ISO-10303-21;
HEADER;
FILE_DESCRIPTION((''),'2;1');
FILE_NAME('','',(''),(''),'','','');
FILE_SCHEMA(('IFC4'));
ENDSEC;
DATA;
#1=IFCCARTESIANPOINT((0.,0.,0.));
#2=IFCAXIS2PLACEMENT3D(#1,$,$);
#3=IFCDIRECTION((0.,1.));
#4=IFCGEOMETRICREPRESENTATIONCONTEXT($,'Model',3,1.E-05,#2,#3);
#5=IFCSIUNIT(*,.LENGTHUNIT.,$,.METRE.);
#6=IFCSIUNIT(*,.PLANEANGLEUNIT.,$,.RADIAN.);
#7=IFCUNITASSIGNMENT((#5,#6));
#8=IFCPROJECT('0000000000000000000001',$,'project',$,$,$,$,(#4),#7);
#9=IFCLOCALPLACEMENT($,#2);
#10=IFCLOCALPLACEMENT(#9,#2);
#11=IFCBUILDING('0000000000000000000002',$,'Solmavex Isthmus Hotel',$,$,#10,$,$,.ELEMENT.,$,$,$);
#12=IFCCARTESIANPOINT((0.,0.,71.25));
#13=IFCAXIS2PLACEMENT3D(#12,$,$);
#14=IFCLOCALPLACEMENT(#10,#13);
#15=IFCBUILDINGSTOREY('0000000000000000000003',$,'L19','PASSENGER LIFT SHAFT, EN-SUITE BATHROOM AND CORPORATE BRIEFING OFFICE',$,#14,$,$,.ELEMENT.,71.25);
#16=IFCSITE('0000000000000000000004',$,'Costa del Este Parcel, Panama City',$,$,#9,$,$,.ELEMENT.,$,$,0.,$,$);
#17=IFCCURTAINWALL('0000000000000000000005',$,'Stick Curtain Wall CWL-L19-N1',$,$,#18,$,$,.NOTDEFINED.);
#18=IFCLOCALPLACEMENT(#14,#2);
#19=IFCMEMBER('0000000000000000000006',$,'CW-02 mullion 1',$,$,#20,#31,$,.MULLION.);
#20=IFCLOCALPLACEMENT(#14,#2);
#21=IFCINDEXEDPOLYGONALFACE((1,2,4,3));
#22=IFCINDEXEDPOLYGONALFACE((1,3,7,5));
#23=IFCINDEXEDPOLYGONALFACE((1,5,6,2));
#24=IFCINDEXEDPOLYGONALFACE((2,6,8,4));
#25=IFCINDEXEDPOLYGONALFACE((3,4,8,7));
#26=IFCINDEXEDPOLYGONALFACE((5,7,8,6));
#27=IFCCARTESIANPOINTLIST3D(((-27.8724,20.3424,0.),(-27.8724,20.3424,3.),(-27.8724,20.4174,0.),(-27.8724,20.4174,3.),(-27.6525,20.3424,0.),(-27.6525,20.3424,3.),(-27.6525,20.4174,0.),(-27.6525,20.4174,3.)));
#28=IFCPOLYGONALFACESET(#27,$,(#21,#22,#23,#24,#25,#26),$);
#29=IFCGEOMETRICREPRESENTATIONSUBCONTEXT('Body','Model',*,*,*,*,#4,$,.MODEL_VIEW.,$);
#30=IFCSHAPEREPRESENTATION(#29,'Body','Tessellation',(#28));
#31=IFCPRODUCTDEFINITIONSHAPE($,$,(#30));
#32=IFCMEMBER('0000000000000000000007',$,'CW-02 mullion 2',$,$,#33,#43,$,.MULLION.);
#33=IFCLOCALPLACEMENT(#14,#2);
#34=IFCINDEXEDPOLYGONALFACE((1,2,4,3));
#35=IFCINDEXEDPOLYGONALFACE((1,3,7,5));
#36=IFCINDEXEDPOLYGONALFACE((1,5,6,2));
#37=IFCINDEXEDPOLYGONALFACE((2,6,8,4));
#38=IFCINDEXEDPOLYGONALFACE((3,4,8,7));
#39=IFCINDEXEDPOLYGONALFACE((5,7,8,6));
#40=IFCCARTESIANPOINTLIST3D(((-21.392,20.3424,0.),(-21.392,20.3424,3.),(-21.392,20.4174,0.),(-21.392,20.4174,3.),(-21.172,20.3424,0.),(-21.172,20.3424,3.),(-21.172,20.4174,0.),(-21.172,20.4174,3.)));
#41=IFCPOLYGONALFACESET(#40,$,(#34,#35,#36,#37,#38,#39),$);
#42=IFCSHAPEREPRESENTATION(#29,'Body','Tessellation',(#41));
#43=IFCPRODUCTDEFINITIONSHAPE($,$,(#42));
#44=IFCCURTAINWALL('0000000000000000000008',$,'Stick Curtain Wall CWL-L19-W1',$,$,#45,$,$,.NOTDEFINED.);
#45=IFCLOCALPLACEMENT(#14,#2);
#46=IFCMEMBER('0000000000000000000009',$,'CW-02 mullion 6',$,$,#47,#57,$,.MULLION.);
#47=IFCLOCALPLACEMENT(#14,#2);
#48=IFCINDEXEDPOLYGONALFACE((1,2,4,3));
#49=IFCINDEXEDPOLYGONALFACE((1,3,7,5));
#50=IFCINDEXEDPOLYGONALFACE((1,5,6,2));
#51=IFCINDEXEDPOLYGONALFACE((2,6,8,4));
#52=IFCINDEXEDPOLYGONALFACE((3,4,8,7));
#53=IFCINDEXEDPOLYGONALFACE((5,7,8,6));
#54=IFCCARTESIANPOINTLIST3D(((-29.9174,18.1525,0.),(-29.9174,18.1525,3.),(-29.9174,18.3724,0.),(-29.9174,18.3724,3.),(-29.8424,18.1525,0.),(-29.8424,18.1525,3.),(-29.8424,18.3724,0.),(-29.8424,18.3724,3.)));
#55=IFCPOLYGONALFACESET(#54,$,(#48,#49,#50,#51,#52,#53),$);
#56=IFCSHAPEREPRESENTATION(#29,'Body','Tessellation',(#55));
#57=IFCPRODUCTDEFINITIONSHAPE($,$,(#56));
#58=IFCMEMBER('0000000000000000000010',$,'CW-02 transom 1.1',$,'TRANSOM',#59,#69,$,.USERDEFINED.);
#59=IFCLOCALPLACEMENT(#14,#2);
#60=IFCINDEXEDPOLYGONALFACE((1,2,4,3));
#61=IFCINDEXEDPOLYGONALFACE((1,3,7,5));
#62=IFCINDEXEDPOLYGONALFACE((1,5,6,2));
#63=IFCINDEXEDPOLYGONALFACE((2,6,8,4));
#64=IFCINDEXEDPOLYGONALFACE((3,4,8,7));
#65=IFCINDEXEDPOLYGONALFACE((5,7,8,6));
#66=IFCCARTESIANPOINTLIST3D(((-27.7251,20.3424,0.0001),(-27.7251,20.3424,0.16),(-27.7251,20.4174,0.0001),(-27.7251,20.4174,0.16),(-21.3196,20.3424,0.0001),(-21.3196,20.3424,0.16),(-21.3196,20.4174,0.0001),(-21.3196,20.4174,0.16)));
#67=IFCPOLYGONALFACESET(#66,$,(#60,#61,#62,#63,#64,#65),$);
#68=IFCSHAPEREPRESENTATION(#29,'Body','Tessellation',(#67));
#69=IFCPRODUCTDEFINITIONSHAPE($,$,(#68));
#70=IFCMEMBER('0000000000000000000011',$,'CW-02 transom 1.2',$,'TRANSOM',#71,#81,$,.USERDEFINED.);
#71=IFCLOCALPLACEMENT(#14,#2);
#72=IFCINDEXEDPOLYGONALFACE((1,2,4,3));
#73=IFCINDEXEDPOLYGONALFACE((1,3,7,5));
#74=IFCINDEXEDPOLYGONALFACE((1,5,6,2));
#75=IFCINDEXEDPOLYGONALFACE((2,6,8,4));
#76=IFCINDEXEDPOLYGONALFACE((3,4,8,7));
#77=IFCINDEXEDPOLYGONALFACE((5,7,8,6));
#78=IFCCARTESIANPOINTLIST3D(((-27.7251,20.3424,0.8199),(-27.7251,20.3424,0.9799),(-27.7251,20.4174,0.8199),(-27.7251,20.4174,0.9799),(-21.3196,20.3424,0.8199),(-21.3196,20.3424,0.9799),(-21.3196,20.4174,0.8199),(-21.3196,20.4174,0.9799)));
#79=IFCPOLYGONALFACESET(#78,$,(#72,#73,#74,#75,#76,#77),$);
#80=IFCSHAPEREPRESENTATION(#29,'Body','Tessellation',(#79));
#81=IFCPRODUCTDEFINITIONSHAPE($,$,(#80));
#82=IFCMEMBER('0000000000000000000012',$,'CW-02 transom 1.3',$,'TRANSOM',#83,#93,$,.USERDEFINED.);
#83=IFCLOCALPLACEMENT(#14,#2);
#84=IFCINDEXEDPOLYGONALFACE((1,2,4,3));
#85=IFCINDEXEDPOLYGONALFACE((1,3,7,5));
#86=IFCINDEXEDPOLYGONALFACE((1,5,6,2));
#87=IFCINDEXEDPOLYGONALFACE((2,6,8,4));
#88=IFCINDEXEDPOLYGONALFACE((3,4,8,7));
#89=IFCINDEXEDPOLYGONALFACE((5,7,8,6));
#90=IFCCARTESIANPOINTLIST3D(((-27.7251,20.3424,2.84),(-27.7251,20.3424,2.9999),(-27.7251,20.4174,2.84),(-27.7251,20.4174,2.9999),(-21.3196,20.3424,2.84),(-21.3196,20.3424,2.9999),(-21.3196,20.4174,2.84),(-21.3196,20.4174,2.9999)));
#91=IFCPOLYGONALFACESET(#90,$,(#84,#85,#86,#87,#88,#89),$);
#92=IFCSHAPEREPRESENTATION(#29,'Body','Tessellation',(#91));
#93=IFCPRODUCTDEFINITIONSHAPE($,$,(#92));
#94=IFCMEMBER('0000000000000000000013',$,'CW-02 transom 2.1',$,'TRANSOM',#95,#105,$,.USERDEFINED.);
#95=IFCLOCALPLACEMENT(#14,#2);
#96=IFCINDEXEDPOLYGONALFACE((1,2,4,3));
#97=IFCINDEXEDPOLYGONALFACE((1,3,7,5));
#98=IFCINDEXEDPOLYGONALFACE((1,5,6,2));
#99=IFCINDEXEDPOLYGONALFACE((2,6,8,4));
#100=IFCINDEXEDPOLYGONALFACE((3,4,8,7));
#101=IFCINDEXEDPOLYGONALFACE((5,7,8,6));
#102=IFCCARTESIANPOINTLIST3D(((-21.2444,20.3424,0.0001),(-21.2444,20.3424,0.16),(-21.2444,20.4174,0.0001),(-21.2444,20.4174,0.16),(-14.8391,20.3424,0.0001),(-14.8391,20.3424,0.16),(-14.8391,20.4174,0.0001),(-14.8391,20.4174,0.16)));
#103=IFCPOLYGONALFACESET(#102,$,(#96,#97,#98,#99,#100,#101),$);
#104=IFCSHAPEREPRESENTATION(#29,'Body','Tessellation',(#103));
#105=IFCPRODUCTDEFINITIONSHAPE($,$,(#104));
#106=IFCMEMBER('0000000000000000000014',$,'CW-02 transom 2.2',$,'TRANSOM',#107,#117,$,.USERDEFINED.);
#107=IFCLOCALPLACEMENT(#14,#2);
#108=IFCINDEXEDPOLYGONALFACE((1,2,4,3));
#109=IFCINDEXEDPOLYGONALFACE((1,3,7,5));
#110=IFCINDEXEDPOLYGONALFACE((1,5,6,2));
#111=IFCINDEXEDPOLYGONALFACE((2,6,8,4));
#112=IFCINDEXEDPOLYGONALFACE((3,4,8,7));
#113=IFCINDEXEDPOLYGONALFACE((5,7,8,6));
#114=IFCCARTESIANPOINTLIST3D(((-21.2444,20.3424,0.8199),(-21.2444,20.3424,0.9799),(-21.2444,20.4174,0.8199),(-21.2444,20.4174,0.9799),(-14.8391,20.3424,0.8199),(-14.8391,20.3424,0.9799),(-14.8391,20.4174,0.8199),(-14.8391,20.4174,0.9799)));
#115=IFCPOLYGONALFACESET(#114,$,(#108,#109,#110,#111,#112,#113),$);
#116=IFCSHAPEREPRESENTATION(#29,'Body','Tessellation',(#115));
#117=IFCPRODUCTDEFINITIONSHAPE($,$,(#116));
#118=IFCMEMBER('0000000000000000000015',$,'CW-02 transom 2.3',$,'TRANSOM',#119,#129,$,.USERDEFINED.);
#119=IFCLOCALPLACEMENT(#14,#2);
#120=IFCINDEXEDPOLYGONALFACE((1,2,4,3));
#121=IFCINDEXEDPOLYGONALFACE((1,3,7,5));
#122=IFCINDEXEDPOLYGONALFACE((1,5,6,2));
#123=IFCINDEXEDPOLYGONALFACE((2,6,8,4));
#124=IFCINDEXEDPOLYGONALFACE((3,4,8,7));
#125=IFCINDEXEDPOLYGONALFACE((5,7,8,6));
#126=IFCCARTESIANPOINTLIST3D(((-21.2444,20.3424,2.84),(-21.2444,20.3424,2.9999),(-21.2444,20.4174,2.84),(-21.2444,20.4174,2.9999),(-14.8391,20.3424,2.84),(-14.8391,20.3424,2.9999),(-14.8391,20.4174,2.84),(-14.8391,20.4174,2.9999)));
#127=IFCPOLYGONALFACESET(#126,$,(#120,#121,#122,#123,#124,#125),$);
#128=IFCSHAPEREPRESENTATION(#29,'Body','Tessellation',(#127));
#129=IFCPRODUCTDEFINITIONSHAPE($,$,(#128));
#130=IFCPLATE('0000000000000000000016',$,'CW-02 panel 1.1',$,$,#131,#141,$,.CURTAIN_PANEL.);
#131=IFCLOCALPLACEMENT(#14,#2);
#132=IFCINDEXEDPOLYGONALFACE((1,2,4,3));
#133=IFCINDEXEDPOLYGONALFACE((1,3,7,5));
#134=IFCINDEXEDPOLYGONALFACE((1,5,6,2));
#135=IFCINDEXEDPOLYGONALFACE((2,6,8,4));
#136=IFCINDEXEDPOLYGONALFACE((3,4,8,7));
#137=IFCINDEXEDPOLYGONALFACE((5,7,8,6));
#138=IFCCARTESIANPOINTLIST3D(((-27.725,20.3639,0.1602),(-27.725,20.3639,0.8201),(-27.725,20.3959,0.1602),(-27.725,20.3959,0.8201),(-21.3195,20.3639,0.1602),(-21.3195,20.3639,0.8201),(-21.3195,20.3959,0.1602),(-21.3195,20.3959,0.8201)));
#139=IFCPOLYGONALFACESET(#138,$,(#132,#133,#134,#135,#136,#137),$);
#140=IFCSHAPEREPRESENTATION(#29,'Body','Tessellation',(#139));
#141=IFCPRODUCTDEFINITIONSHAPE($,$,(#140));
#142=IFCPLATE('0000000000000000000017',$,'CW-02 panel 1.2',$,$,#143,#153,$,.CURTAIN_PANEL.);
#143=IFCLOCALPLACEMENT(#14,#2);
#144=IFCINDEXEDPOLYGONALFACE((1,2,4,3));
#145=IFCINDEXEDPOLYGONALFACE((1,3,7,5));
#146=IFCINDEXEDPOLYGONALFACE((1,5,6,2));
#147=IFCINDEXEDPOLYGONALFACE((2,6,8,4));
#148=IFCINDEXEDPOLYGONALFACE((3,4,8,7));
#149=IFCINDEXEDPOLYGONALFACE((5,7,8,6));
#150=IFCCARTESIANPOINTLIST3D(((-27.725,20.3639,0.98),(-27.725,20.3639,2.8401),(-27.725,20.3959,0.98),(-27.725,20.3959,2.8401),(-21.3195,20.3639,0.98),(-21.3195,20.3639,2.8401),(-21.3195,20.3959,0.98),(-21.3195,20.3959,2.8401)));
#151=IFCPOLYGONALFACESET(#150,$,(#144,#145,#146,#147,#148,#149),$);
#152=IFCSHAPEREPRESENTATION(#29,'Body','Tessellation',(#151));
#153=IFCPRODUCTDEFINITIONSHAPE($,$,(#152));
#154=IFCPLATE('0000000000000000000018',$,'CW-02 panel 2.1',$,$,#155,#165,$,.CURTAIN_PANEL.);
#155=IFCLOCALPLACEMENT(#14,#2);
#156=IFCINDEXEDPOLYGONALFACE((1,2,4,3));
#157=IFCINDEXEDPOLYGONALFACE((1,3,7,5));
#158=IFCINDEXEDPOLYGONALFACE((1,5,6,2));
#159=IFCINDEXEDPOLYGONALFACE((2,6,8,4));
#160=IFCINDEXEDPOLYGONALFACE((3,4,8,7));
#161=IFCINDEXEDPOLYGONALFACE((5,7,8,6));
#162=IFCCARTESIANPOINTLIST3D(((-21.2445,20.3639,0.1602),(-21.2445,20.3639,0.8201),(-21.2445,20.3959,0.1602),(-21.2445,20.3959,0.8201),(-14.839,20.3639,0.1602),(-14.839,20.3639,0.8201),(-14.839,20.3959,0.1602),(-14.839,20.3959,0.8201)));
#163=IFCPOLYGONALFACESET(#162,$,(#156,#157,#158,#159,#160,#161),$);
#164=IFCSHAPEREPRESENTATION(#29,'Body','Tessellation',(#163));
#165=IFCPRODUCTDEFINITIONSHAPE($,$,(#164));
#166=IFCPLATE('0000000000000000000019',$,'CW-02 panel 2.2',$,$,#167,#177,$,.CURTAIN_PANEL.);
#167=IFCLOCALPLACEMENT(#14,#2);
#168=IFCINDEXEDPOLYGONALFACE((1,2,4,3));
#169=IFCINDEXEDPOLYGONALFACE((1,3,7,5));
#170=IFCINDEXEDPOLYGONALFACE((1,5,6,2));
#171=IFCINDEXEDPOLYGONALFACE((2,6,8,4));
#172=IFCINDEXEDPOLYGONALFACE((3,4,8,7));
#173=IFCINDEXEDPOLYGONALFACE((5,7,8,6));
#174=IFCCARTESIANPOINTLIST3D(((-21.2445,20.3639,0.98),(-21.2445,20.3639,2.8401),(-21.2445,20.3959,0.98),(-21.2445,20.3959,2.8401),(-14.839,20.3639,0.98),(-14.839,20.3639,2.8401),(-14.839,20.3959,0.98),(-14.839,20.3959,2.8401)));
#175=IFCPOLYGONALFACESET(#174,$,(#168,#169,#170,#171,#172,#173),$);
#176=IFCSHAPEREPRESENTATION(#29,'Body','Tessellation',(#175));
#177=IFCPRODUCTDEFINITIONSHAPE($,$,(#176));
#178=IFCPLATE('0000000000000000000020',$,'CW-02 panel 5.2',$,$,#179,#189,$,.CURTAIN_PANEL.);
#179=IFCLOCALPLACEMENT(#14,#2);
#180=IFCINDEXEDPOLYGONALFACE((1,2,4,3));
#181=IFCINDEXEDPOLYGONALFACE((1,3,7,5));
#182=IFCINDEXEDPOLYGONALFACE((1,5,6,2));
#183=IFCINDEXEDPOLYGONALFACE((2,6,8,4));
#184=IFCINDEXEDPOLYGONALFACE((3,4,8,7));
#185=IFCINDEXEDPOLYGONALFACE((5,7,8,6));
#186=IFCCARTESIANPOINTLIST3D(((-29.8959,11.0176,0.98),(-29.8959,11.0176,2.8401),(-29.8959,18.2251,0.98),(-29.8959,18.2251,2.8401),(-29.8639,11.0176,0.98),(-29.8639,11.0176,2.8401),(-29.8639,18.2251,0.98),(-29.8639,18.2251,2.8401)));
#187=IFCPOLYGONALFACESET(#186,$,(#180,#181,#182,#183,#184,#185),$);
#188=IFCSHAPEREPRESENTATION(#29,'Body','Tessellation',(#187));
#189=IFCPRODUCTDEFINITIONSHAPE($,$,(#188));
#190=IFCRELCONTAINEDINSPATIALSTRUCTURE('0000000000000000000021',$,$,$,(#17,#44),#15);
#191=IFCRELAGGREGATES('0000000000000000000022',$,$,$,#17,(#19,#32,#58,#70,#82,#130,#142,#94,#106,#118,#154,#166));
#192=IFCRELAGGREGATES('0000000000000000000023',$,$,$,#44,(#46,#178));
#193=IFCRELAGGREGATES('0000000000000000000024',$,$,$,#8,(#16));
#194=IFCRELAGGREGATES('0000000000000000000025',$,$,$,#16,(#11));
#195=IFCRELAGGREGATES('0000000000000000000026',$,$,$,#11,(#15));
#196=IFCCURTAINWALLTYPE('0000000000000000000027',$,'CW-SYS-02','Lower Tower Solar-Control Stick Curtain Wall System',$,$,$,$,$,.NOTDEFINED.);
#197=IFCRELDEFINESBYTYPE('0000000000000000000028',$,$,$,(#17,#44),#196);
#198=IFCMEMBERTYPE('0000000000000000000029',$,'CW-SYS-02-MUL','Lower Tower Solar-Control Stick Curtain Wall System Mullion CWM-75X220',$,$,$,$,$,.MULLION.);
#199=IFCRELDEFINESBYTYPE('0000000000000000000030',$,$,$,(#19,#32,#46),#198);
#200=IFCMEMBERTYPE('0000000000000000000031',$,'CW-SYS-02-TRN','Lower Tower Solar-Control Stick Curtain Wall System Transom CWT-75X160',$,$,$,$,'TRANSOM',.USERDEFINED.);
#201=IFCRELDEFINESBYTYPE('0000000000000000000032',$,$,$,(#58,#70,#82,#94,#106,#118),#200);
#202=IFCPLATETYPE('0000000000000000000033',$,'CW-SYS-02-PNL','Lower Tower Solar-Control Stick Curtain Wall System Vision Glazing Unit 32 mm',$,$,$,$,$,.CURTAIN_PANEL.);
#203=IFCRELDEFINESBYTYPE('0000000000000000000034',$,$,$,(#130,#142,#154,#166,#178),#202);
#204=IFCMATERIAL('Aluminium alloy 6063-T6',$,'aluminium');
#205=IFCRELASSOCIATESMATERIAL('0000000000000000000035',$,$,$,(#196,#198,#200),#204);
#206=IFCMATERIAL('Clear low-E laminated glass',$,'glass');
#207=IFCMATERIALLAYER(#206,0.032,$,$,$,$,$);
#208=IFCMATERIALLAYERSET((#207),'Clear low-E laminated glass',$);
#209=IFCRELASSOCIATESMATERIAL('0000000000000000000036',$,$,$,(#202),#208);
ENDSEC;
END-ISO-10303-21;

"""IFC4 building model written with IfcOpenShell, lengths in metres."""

from ifc_helpers import new_model, si_unit, direction, frame, origin, origin_2d, place, context, subcontext, project, spatial, rectangle, extrude, material, layer, layer_set, material_profile, profile_set, type_object, element, aggregate, save


model = new_model("IFC4")

# Units and contexts
model_context = context("Model", 3, precision=1e-05, world=origin(), true_north=direction((0.0, 1.0)))
body_context = subcontext(model_context, "Body", "Model", "MODEL_VIEW")
ifc_project = project(units=[si_unit("LENGTHUNIT", "METRE"), si_unit("PLANEANGLEUNIT", "RADIAN")], contexts=[model_context])

# Site, building, storey
site_placement = place(None, origin())
site = spatial("IfcSite", under=ifc_project, at=site_placement, Name="Costa del Este Parcel, Panama City", CompositionType="ELEMENT", RefElevation=0.0)
building_placement = place(site_placement, origin())
building = spatial("IfcBuilding", under=site, at=building_placement, Name="Solmavex Isthmus Hotel", CompositionType="ELEMENT")
storey_placement = place(building_placement, frame((0.0, 0.0, 71.25)))
storey = spatial("IfcBuildingStorey", under=building, at=storey_placement, Name="L19", Description="PASSENGER LIFT SHAFT, EN-SUITE BATHROOM AND CORPORATE BRIEFING OFFICE", CompositionType="ELEMENT", Elevation=71.25)

# Curtain wall, members
ifc_material_1 = material(Name="Aluminium alloy 6063-T6", Category="aluminium")
curtain_wall_type = type_object("IfcCurtainWallType", Name="CW-SYS-02", Description="Lower Tower Solar-Control Stick Curtain Wall System", PredefinedType="NOTDEFINED", material=ifc_material_1)
curtain_wall_1_placement = place(storey_placement, origin())
curtain_wall_1 = element("IfcCurtainWall", 1, at=curtain_wall_1_placement, inside=storey, type_object=curtain_wall_type, Name="Stick Curtain Wall CWL-L19-N1", PredefinedType="NOTDEFINED")
ifc_material_profile_1 = material_profile(ifc_material_1, rectangle(XDim=0.075, YDim=0.22, at=origin_2d()), Name="CWM-75X220")
ifc_profile_set_1 = profile_set([ifc_material_profile_1], Name="Aluminium alloy 6063-T6")
member_type_1 = type_object("IfcMemberType", Name="CW-SYS-02-MUL", Description="Lower Tower Solar-Control Stick Curtain Wall System Mullion CWM-75X220", PredefinedType="MULLION", material=ifc_profile_set_1)
member_1_placement = place(storey_placement, frame((-27.7625, 20.3799, 0.0), z_axis=(0.0, 0.0, 1.0), x_axis=(0.0, 1.0, 0.0)))
member_1 = element("IfcMember", 2, at=member_1_placement, type_object=member_type_1, Name="CW-02 mullion 1", PredefinedType="MULLION", context=body_context, shape_type="SweptSolid", body=[
    extrude(rectangle(XDim=0.075, YDim=0.22, at=origin_2d()), origin(), (0.0, 0.0, 1.0), 3.0),
])
member_2_placement = place(storey_placement, frame((-21.282, 20.3799, 0.0), z_axis=(0.0, 0.0, 1.0), x_axis=(0.0, 1.0, 0.0)))
member_2 = element("IfcMember", 3, at=member_2_placement, type_object=member_type_1, Name="CW-02 mullion 2", PredefinedType="MULLION", context=body_context, shape_type="SweptSolid", body=[
    extrude(rectangle(XDim=0.075, YDim=0.22, at=origin_2d()), origin(), (0.0, 0.0, 1.0), 3.0),
])

# Curtain wall, member
curtain_wall_2_placement = place(storey_placement, origin())
curtain_wall_2 = element("IfcCurtainWall", 4, at=curtain_wall_2_placement, inside=storey, type_object=curtain_wall_type, Name="Stick Curtain Wall CWL-L19-W1", PredefinedType="NOTDEFINED")
member_3_placement = place(storey_placement, frame((-29.8799, 18.2625, 0.0), z_axis=(0.0, 0.0, 1.0), x_axis=(-1.0, 0.0, 0.0)))
member_3 = element("IfcMember", 5, at=member_3_placement, type_object=member_type_1, Name="CW-02 mullion 6", PredefinedType="MULLION", context=body_context, shape_type="SweptSolid", body=[
    extrude(rectangle(XDim=0.075, YDim=0.22, at=origin_2d()), origin(), (0.0, 0.0, 1.0), 3.0),
])

# Members
ifc_material_profile_2 = material_profile(ifc_material_1, rectangle(XDim=0.075, YDim=0.1599, at=origin_2d()), Name="CWT-75X160")
ifc_profile_set_2 = profile_set([ifc_material_profile_2], Name="Aluminium alloy 6063-T6")
member_type_2 = type_object("IfcMemberType", Name="CW-SYS-02-TRN", Description="Lower Tower Solar-Control Stick Curtain Wall System Transom CWT-75X160", ElementType="TRANSOM", PredefinedType="USERDEFINED", material=ifc_profile_set_2)
member_4_placement = place(storey_placement, frame((-27.7251, 20.3799, 0.0801), z_axis=(1.0, 0.0, 0.0), x_axis=(0.0, 1.0, 0.0)))
member_4 = element("IfcMember", 6, at=member_4_placement, type_object=member_type_2, Name="CW-02 transom 1.1", ObjectType="TRANSOM", PredefinedType="USERDEFINED", context=body_context, shape_type="SweptSolid", body=[
    extrude(rectangle(XDim=0.075, YDim=0.1599, at=origin_2d()), origin(), (0.0, 0.0, 1.0), 6.4055),
])
member_5_placement = place(storey_placement, frame((-27.7251, 20.3799, 0.8999), z_axis=(1.0, 0.0, 0.0), x_axis=(0.0, 1.0, 0.0)))
member_5 = element("IfcMember", 7, at=member_5_placement, type_object=member_type_2, Name="CW-02 transom 1.2", ObjectType="TRANSOM", PredefinedType="USERDEFINED", context=body_context, shape_type="SweptSolid", body=[
    extrude(rectangle(XDim=0.075, YDim=0.1599, at=origin_2d()), origin(), (0.0, 0.0, 1.0), 6.4055),
])
member_6_placement = place(storey_placement, frame((-27.7251, 20.3799, 2.9199), z_axis=(1.0, 0.0, 0.0), x_axis=(0.0, 1.0, 0.0)))
member_6 = element("IfcMember", 8, at=member_6_placement, type_object=member_type_2, Name="CW-02 transom 1.3", ObjectType="TRANSOM", PredefinedType="USERDEFINED", context=body_context, shape_type="SweptSolid", body=[
    extrude(rectangle(XDim=0.075, YDim=0.1599, at=origin_2d()), origin(), (0.0, 0.0, 1.0), 6.4055),
])
member_7_placement = place(storey_placement, frame((-21.2444, 20.3799, 0.0801), z_axis=(1.0, 0.0, 0.0), x_axis=(0.0, 1.0, 0.0)))
member_7 = element("IfcMember", 9, at=member_7_placement, type_object=member_type_2, Name="CW-02 transom 2.1", ObjectType="TRANSOM", PredefinedType="USERDEFINED", context=body_context, shape_type="SweptSolid", body=[
    extrude(rectangle(XDim=0.075, YDim=0.1599, at=origin_2d()), origin(), (0.0, 0.0, 1.0), 6.4053),
])
member_8_placement = place(storey_placement, frame((-21.2444, 20.3799, 0.8999), z_axis=(1.0, 0.0, 0.0), x_axis=(0.0, 1.0, 0.0)))
member_8 = element("IfcMember", 10, at=member_8_placement, type_object=member_type_2, Name="CW-02 transom 2.2", ObjectType="TRANSOM", PredefinedType="USERDEFINED", context=body_context, shape_type="SweptSolid", body=[
    extrude(rectangle(XDim=0.075, YDim=0.1599, at=origin_2d()), origin(), (0.0, 0.0, 1.0), 6.4053),
])
member_9_placement = place(storey_placement, frame((-21.2444, 20.3799, 2.9199), z_axis=(1.0, 0.0, 0.0), x_axis=(0.0, 1.0, 0.0)))
member_9 = element("IfcMember", 11, at=member_9_placement, type_object=member_type_2, Name="CW-02 transom 2.3", ObjectType="TRANSOM", PredefinedType="USERDEFINED", context=body_context, shape_type="SweptSolid", body=[
    extrude(rectangle(XDim=0.075, YDim=0.1599, at=origin_2d()), origin(), (0.0, 0.0, 1.0), 6.4053),
])

# Plates
ifc_material_2 = material(Name="Clear low-E laminated glass", Category="glass")
ifc_layer_1 = layer(ifc_material_2, 0.032)
ifc_layer_set_1 = layer_set([ifc_layer_1], Name="Clear low-E laminated glass")
plate_type = type_object("IfcPlateType", Name="CW-SYS-02-PNL", Description="Lower Tower Solar-Control Stick Curtain Wall System Vision Glazing Unit 32 mm", PredefinedType="CURTAIN_PANEL", material=ifc_layer_set_1)
plate_1_placement = place(storey_placement, frame((-24.5222, 20.3799, 0.1602), z_axis=(0.0, 0.0, 1.0), x_axis=(1.0, 0.0, 0.0)))
plate_1 = element("IfcPlate", 12, at=plate_1_placement, type_object=plate_type, Name="CW-02 panel 1.1", PredefinedType="CURTAIN_PANEL", context=body_context, shape_type="SweptSolid", body=[
    extrude(rectangle(XDim=6.4055, YDim=0.032, at=origin_2d()), origin(), (0.0, 0.0, 1.0), 0.6599),
])
plate_2_placement = place(storey_placement, frame((-24.5222, 20.3799, 0.98), z_axis=(0.0, 0.0, 1.0), x_axis=(1.0, 0.0, 0.0)))
plate_2 = element("IfcPlate", 13, at=plate_2_placement, type_object=plate_type, Name="CW-02 panel 1.2", PredefinedType="CURTAIN_PANEL", context=body_context, shape_type="SweptSolid", body=[
    extrude(rectangle(XDim=6.4055, YDim=0.032, at=origin_2d()), origin(), (0.0, 0.0, 1.0), 1.8601),
])
plate_3_placement = place(storey_placement, frame((-18.0417, 20.3799, 0.1602), z_axis=(0.0, 0.0, 1.0), x_axis=(1.0, 0.0, 0.0)))
plate_3 = element("IfcPlate", 14, at=plate_3_placement, type_object=plate_type, Name="CW-02 panel 2.1", PredefinedType="CURTAIN_PANEL", context=body_context, shape_type="SweptSolid", body=[
    extrude(rectangle(XDim=6.4055, YDim=0.032, at=origin_2d()), origin(), (0.0, 0.0, 1.0), 0.6599),
])
plate_4_placement = place(storey_placement, frame((-18.0417, 20.3799, 0.98), z_axis=(0.0, 0.0, 1.0), x_axis=(1.0, 0.0, 0.0)))
plate_4 = element("IfcPlate", 15, at=plate_4_placement, type_object=plate_type, Name="CW-02 panel 2.2", PredefinedType="CURTAIN_PANEL", context=body_context, shape_type="SweptSolid", body=[
    extrude(rectangle(XDim=6.4055, YDim=0.032, at=origin_2d()), origin(), (0.0, 0.0, 1.0), 1.8601),
])
aggregate(curtain_wall_1, [member_1, member_2, member_4, member_5, member_6, plate_1, plate_2, member_7, member_8, member_9, plate_3, plate_4])
plate_5_placement = place(storey_placement, frame((-29.8799, 14.6213, 0.98), z_axis=(0.0, 0.0, 1.0), x_axis=(0.0, 1.0, 0.0)))
plate_5 = element("IfcPlate", 16, at=plate_5_placement, type_object=plate_type, Name="CW-02 panel 5.2", PredefinedType="CURTAIN_PANEL", context=body_context, shape_type="SweptSolid", body=[
    extrude(rectangle(XDim=7.2075, YDim=0.032, at=origin_2d()), origin(), (0.0, 0.0, 1.0), 1.8601),
])
aggregate(curtain_wall_2, [member_3, plate_5])

save(model, "model.ifc")
